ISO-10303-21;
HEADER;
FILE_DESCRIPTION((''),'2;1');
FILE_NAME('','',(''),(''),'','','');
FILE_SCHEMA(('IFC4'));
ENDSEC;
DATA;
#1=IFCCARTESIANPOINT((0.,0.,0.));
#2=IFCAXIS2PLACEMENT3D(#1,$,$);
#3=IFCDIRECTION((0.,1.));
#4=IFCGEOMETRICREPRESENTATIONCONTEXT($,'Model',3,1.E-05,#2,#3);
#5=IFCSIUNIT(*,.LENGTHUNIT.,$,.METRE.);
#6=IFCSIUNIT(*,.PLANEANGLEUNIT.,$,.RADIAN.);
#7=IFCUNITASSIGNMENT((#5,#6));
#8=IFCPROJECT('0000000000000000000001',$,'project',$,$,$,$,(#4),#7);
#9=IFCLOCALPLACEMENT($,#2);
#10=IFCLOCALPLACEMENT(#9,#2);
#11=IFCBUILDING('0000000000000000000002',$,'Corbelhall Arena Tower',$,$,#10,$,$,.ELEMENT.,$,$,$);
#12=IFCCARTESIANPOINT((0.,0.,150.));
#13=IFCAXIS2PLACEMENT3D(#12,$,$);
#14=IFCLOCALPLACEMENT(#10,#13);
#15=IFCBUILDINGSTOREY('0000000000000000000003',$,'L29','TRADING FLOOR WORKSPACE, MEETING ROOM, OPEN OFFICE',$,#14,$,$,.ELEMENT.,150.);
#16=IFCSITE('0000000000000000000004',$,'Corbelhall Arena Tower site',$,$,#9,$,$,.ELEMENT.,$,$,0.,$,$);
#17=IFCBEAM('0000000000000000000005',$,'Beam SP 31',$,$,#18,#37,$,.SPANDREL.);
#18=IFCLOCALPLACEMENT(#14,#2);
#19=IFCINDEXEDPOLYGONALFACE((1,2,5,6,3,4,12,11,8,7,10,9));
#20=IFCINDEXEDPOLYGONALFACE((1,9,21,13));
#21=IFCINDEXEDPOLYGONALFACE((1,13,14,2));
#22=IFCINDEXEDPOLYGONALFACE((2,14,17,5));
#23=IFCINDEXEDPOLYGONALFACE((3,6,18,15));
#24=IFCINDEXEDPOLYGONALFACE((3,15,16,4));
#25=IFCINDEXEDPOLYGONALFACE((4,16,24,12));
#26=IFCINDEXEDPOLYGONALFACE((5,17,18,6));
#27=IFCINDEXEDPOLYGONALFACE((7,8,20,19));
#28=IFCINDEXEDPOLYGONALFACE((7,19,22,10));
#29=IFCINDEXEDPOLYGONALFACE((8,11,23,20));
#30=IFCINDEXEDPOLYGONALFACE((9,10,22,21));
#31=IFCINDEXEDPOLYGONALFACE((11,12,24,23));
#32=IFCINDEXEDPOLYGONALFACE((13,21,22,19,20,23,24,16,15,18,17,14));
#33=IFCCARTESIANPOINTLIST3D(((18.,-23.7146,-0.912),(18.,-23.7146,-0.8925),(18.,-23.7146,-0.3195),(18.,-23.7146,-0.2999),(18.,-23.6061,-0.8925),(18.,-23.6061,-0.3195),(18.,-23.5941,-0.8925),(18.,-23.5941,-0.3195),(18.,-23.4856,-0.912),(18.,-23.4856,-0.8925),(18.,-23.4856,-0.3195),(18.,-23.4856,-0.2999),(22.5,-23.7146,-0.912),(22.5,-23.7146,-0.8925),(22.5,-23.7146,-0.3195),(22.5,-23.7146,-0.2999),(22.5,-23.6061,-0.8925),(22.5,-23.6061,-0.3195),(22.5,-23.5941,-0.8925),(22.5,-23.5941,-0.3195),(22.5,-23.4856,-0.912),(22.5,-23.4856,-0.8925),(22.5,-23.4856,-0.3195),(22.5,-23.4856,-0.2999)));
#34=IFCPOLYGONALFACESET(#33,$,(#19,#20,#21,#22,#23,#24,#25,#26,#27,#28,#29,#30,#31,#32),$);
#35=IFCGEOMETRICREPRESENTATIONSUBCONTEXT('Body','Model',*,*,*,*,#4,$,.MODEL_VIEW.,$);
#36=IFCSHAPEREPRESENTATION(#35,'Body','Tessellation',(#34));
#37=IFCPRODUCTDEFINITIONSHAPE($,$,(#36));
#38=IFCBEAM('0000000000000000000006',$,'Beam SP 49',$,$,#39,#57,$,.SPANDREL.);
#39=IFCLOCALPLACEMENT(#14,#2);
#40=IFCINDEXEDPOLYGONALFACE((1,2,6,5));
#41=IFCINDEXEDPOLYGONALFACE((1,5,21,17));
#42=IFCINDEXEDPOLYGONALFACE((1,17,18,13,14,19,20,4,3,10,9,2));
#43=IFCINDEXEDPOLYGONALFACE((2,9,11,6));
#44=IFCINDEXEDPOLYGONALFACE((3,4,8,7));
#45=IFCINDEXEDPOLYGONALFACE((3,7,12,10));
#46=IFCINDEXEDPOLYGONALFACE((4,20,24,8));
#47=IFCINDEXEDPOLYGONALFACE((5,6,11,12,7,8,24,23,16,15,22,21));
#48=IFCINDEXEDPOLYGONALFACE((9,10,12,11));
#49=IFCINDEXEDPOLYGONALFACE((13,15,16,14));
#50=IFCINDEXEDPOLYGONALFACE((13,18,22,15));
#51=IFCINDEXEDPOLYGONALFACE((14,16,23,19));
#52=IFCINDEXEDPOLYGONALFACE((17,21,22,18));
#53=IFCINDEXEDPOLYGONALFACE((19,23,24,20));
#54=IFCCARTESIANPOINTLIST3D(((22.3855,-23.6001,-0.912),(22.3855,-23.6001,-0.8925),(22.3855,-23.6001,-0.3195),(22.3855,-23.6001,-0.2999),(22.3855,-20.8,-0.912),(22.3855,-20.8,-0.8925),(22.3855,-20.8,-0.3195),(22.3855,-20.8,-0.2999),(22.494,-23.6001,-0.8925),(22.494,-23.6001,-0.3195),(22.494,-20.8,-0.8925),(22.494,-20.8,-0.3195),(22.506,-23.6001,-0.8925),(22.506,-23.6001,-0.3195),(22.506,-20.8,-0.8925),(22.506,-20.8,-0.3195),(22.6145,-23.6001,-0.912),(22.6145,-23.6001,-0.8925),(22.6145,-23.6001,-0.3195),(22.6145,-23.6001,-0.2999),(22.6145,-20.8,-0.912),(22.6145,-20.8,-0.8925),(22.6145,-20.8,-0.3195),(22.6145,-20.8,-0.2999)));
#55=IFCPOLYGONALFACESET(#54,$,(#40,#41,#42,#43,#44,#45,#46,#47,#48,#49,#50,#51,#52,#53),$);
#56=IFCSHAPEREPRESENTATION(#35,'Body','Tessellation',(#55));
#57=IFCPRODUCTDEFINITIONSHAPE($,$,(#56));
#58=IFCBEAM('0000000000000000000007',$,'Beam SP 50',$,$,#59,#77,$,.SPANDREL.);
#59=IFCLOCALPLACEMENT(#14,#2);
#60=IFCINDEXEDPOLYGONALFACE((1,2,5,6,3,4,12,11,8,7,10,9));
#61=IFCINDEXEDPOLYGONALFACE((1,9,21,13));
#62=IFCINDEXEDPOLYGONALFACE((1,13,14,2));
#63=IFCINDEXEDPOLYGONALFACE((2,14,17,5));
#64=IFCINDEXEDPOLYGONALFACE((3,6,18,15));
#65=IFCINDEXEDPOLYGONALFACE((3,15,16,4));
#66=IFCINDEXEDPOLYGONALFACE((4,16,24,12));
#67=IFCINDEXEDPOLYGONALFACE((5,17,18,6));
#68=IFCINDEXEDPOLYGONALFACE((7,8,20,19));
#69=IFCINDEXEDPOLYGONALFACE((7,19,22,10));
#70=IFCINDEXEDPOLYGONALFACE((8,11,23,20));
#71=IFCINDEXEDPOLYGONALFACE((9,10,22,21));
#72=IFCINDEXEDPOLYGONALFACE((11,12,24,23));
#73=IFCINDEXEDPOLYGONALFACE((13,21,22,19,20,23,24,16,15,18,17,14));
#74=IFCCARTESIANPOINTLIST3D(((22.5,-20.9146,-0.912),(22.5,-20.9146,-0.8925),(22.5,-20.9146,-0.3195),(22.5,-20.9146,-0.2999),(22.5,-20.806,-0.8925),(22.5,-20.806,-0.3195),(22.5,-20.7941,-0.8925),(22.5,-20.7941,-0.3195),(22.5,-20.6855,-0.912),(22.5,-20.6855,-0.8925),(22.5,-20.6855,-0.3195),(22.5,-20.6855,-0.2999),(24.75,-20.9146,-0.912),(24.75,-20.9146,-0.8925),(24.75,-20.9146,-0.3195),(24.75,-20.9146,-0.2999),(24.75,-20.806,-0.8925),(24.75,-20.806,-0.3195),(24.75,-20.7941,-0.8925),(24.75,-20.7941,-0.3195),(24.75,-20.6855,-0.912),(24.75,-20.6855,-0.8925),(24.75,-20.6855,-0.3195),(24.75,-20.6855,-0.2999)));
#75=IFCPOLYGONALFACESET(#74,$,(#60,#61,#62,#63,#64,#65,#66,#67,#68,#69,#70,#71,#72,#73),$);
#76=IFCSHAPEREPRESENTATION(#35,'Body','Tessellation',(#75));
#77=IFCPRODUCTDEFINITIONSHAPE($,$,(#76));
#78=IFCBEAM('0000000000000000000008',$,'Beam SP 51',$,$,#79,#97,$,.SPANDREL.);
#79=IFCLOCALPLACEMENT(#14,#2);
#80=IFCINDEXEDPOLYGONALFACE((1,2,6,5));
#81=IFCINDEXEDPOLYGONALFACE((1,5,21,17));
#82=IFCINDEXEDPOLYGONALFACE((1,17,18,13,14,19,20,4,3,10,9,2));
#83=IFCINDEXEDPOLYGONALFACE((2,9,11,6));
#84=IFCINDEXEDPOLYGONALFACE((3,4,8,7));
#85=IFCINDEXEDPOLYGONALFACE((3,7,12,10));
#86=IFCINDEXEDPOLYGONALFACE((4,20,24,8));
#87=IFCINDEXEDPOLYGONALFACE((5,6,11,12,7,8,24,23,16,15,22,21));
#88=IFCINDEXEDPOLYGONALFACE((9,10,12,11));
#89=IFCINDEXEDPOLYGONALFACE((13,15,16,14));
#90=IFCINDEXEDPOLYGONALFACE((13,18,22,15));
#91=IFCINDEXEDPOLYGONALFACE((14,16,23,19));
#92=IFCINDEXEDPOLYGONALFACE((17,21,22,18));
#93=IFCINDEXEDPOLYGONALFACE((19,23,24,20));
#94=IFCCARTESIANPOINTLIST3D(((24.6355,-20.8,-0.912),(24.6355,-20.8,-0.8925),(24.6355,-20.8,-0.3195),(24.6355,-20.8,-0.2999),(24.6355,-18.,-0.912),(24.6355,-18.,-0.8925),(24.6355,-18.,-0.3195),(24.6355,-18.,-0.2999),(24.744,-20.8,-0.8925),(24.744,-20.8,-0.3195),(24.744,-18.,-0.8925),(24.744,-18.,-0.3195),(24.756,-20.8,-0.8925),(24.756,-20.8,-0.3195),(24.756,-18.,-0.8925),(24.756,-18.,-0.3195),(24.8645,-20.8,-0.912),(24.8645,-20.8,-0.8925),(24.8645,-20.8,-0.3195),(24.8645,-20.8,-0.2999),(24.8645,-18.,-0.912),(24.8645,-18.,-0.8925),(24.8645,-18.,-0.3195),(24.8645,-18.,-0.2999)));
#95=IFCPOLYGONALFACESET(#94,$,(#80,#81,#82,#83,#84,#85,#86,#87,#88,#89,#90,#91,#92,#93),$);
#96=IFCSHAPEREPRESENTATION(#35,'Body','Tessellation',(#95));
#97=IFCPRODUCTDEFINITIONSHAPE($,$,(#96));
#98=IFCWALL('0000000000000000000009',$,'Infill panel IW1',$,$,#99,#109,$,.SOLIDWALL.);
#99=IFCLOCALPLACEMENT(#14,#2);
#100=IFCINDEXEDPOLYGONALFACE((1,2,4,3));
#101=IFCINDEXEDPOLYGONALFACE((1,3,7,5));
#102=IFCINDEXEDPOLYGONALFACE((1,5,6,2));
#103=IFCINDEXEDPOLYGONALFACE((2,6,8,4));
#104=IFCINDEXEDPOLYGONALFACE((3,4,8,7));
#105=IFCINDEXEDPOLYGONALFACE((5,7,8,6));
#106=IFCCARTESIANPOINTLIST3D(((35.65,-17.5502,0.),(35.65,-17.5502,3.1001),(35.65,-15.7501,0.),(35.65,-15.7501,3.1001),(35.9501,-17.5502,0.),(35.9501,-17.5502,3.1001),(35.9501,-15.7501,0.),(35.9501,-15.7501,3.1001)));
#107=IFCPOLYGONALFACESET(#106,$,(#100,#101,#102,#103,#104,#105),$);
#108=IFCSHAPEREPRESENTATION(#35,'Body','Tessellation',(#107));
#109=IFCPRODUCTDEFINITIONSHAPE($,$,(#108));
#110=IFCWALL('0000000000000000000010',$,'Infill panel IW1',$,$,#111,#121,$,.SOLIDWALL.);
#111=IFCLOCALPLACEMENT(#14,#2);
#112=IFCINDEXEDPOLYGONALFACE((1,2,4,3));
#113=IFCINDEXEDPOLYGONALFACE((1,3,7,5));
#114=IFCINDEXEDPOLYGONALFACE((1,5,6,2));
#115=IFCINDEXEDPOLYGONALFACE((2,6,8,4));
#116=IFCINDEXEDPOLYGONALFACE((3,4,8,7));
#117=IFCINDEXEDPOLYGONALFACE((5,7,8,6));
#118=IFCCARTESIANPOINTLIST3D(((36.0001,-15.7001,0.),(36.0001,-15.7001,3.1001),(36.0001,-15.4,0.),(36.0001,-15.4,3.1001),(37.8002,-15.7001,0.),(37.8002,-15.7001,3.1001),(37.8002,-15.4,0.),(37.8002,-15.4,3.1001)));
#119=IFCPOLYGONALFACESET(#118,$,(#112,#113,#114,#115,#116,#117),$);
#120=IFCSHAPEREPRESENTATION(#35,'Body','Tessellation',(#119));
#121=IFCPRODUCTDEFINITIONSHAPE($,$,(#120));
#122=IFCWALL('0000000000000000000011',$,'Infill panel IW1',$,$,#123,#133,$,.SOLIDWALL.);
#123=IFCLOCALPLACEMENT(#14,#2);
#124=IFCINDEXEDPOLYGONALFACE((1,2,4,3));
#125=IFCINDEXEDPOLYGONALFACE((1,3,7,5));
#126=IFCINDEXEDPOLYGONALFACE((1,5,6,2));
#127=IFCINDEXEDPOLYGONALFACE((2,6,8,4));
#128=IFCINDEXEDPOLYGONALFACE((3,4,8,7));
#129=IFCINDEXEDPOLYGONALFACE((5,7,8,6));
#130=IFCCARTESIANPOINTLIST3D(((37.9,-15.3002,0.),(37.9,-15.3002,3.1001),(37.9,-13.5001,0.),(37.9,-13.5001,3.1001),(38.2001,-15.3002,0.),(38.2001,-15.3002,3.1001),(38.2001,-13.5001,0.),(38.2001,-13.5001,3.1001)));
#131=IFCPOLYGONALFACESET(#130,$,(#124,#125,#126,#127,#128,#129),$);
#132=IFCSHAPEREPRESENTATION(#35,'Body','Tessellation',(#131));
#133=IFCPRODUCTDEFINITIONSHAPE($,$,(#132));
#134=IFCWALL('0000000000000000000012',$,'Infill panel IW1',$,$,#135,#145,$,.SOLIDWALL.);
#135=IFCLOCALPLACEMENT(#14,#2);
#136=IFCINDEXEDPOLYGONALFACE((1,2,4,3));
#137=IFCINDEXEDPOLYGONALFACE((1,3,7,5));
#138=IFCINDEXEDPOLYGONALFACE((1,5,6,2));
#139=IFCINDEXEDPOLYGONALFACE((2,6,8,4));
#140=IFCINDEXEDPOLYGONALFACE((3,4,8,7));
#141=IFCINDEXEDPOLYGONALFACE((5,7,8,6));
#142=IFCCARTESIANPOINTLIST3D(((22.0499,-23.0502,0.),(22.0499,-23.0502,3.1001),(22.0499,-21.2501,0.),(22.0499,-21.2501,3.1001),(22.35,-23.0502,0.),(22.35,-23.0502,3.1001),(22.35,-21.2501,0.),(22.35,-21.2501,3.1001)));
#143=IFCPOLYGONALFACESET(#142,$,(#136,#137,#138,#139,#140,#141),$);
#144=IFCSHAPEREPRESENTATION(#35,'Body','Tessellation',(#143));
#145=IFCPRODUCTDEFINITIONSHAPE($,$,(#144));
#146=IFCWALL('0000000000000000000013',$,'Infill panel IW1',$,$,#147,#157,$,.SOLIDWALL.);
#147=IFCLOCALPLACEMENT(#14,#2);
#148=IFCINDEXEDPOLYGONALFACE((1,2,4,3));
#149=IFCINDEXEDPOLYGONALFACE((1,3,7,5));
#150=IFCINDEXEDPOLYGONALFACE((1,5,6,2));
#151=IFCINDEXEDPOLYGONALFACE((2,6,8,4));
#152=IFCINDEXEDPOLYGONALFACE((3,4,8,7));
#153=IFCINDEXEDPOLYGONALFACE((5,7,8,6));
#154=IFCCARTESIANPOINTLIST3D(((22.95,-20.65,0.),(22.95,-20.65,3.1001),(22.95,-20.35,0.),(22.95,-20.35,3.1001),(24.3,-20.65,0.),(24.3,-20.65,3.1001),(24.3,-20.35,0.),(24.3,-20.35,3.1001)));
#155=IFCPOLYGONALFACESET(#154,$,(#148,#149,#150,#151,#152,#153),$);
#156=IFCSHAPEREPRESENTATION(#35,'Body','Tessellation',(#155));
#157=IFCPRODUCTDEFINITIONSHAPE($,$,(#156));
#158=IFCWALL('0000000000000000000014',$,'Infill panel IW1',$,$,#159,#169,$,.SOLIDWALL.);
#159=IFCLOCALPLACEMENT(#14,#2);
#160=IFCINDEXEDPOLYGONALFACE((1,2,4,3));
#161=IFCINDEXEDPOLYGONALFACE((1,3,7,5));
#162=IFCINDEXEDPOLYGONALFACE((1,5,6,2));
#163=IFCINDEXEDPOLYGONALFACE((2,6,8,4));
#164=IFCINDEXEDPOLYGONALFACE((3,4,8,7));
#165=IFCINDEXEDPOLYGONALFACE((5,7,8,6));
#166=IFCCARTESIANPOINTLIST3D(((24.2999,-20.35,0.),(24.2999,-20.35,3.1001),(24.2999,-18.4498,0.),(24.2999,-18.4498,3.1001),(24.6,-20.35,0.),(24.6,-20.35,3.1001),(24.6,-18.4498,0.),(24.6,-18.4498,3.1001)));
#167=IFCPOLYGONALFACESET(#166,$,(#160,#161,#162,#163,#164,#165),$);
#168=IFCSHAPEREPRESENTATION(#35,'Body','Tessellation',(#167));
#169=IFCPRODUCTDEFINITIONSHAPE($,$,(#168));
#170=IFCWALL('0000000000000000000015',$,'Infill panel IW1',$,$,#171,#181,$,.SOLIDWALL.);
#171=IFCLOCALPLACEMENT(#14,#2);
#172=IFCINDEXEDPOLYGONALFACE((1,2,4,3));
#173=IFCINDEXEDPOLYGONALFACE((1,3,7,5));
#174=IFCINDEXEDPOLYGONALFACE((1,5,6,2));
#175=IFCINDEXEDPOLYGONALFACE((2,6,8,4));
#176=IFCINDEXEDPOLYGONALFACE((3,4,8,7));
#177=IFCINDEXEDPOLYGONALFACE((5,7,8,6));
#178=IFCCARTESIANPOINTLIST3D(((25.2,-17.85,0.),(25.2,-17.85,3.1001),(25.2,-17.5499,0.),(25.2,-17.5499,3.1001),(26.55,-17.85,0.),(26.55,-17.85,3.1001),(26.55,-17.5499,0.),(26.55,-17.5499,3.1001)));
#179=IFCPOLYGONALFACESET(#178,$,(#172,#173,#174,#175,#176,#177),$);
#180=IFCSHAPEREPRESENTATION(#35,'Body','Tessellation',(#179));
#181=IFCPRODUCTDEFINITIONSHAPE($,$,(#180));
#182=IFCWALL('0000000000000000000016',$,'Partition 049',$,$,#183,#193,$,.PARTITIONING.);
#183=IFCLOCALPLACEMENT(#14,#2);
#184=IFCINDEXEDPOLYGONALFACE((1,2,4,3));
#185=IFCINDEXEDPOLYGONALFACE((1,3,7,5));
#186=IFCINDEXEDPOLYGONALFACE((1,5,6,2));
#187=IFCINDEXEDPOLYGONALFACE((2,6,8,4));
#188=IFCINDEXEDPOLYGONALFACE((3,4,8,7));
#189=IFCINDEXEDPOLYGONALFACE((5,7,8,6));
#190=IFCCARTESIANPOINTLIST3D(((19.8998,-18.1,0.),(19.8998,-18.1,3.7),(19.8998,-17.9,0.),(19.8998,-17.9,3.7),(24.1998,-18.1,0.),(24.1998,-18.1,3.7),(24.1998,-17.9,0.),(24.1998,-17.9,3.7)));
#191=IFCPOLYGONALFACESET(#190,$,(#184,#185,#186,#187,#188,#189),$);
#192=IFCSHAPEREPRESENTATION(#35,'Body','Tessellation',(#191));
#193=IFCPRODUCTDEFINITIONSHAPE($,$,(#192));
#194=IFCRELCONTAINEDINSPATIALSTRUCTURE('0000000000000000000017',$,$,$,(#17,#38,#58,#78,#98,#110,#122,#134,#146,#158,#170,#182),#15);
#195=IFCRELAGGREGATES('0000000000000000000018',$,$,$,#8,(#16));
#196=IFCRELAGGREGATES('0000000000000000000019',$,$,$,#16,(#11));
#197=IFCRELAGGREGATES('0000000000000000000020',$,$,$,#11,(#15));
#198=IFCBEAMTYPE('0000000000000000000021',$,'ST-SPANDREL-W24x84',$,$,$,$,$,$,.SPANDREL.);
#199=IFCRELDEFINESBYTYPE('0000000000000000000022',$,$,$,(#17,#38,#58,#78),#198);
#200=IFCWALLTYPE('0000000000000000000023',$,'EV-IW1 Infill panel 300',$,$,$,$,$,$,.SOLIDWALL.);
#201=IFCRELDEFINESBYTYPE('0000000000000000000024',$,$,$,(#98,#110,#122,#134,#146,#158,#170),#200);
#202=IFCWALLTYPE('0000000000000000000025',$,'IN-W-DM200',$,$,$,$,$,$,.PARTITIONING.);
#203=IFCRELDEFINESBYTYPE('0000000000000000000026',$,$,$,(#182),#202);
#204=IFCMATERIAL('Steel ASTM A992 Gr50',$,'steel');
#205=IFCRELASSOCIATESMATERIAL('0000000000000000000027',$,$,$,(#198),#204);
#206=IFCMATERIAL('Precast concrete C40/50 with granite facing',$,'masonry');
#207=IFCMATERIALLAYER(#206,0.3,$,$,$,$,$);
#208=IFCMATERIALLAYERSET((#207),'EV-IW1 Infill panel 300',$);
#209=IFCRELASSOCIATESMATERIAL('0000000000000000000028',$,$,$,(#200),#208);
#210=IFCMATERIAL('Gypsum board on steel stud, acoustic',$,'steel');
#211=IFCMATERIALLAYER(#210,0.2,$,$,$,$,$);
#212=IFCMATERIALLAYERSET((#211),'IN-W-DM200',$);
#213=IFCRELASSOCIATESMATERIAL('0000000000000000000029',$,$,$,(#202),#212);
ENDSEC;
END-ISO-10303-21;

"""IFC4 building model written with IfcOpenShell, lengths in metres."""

from ifc_helpers import new_model, si_unit, direction, frame, frame_2d, origin, origin_2d, place, context, subcontext, project, spatial, rectangle, i_section, extrude, material, layer, layer_set, material_profile, profile_set, type_object, element, save


model = new_model("IFC4")

# Units and contexts
model_context = context("Model", 3, precision=1e-05, world=origin(), true_north=direction((0.0, 1.0)))
body_context = subcontext(model_context, "Body", "Model", "MODEL_VIEW")
ifc_project = project(units=[si_unit("LENGTHUNIT", "METRE"), si_unit("PLANEANGLEUNIT", "RADIAN")], contexts=[model_context])

# Site, building, storey
site_placement = place(None, origin())
site = spatial("IfcSite", under=ifc_project, at=site_placement, Name="Corbelhall Arena Tower site", CompositionType="ELEMENT", RefElevation=0.0)
building_placement = place(site_placement, origin())
building = spatial("IfcBuilding", under=site, at=building_placement, Name="Corbelhall Arena Tower", CompositionType="ELEMENT")
storey_placement = place(building_placement, frame((0.0, 0.0, 150.0)))
storey = spatial("IfcBuildingStorey", under=building, at=storey_placement, Name="L29", Description="TRADING FLOOR WORKSPACE, MEETING ROOM, OPEN OFFICE", CompositionType="ELEMENT", Elevation=150.0)

# Beams
ifc_material_1 = material(Name="Steel ASTM A992 Gr50", Category="steel")
ifc_material_profile_1 = material_profile(ifc_material_1, i_section(OverallWidth=0.229, OverallDepth=0.6121, WebThickness=0.012, FlangeThickness=0.0195, at=origin_2d()))
ifc_profile_set_1 = profile_set([ifc_material_profile_1], Name="Steel ASTM A992 Gr50")
beam_type = type_object("IfcBeamType", Name="ST-SPANDREL-W24x84", PredefinedType="SPANDREL", material=ifc_profile_set_1)
beam_1_placement = place(storey_placement, frame((22.5, -23.6001, -0.606), z_axis=(-1.0, 0.0, 0.0), x_axis=(0.0, -1.0, 0.0)))
element("IfcBeam", 1, at=beam_1_placement, inside=storey, type_object=beam_type, Name="Beam SP 31", PredefinedType="SPANDREL", context=body_context, shape_type="SweptSolid", body=[
    extrude(i_section(OverallWidth=0.229, OverallDepth=0.6121, WebThickness=0.012, FlangeThickness=0.0195, at=origin_2d()), origin(), (0.0, 0.0, 1.0), 4.5),
])
beam_2_placement = place(storey_placement, frame((22.5, -20.8, -0.606), z_axis=(0.0, -1.0, 0.0), x_axis=(1.0, 0.0, 0.0)))
element("IfcBeam", 2, at=beam_2_placement, inside=storey, type_object=beam_type, Name="Beam SP 49", PredefinedType="SPANDREL", context=body_context, shape_type="SweptSolid", body=[
    extrude(i_section(OverallWidth=0.229, OverallDepth=0.6121, WebThickness=0.012, FlangeThickness=0.0195, at=origin_2d()), origin(), (0.0, 0.0, 1.0), 2.8),
])
beam_3_placement = place(storey_placement, frame((24.75, -20.8, -0.606), z_axis=(-1.0, 0.0, 0.0), x_axis=(0.0, -1.0, 0.0)))
element("IfcBeam", 3, at=beam_3_placement, inside=storey, type_object=beam_type, Name="Beam SP 50", PredefinedType="SPANDREL", context=body_context, shape_type="SweptSolid", body=[
    extrude(i_section(OverallWidth=0.229, OverallDepth=0.6121, WebThickness=0.012, FlangeThickness=0.0195, at=origin_2d()), origin(), (0.0, 0.0, 1.0), 2.25),
])
beam_4_placement = place(storey_placement, frame((24.75, -18.0, -0.606), z_axis=(0.0, -1.0, 0.0), x_axis=(1.0, 0.0, 0.0)))
element("IfcBeam", 4, at=beam_4_placement, inside=storey, type_object=beam_type, Name="Beam SP 51", PredefinedType="SPANDREL", context=body_context, shape_type="SweptSolid", body=[
    extrude(i_section(OverallWidth=0.229, OverallDepth=0.6121, WebThickness=0.012, FlangeThickness=0.0195, at=origin_2d()), origin(), (0.0, 0.0, 1.0), 2.8),
])

# Walls
ifc_material_2 = material(Name="Precast concrete C40/50 with granite facing", Category="masonry")
ifc_layer_1 = layer(ifc_material_2, 0.3)
ifc_layer_set_1 = layer_set([ifc_layer_1], Name="EV-IW1 Infill panel 300")
wall_type_1 = type_object("IfcWallType", Name="EV-IW1 Infill panel 300", PredefinedType="SOLIDWALL", material=ifc_layer_set_1)
for number, where, z_axis, x_axis, name in (
    (5, (35.8, -17.55, 0.0), (0.0, 0.0, 1.0), (0.0, 1.0, 0.0), "Infill panel IW1"),
    (6, (37.8, -15.55, 0.0), (0.0, 0.0, 1.0), (-1.0, 0.0, 0.0), "Infill panel IW1"),
    (7, (38.05, -15.3, 0.0), (0.0, 0.0, 1.0), (0.0, 1.0, 0.0), "Infill panel IW1"),
    (8, (22.2, -23.05, 0.0), (0.0, 0.0, 1.0), (0.0, 1.0, 0.0), "Infill panel IW1"),
):
    element("IfcWall", number, at=place(storey_placement, frame(where, z_axis=z_axis, x_axis=x_axis)), inside=storey, type_object=wall_type_1, Name=name, PredefinedType="SOLIDWALL", context=body_context, shape_type="SweptSolid", body=[
        extrude(rectangle(XDim=1.8, YDim=0.3, at=frame_2d((0.8999, 0.0))), origin(), (0.0, 0.0, 1.0), 3.1001),
    ])
wall_1_placement = place(storey_placement, frame((22.95, -20.5, 0.0), z_axis=(0.0, 0.0, 1.0), x_axis=(1.0, 0.0, 0.0)))
element("IfcWall", 9, at=wall_1_placement, inside=storey, type_object=wall_type_1, Name="Infill panel IW1", PredefinedType="SOLIDWALL", context=body_context, shape_type="SweptSolid", body=[
    extrude(rectangle(XDim=1.3501, YDim=0.3, at=frame_2d((0.675, 0.0))), origin(), (0.0, 0.0, 1.0), 3.1001),
])
wall_2_placement = place(storey_placement, frame((24.45, -20.3501, 0.0), z_axis=(0.0, 0.0, 1.0), x_axis=(0.0, 1.0, 0.0)))
element("IfcWall", 10, at=wall_2_placement, inside=storey, type_object=wall_type_1, Name="Infill panel IW1", PredefinedType="SOLIDWALL", context=body_context, shape_type="SweptSolid", body=[
    extrude(rectangle(XDim=1.9001, YDim=0.3, at=frame_2d((0.9502, 0.0))), origin(), (0.0, 0.0, 1.0), 3.1001),
])
wall_3_placement = place(storey_placement, frame((25.2, -17.7, 0.0), z_axis=(0.0, 0.0, 1.0), x_axis=(1.0, 0.0, 0.0)))
element("IfcWall", 11, at=wall_3_placement, inside=storey, type_object=wall_type_1, Name="Infill panel IW1", PredefinedType="SOLIDWALL", context=body_context, shape_type="SweptSolid", body=[
    extrude(rectangle(XDim=1.3501, YDim=0.3, at=frame_2d((0.675, 0.0))), origin(), (0.0, 0.0, 1.0), 3.1001),
])

# Wall
ifc_material_3 = material(Name="Gypsum board on steel stud, acoustic", Category="steel")
ifc_layer_2 = layer(ifc_material_3, 0.2)
ifc_layer_set_2 = layer_set([ifc_layer_2], Name="IN-W-DM200")
wall_type_2 = type_object("IfcWallType", Name="IN-W-DM200", PredefinedType="PARTITIONING", material=ifc_layer_set_2)
wall_4_placement = place(storey_placement, frame((19.8999, -18.0, 0.0), z_axis=(0.0, 0.0, 1.0), x_axis=(1.0, 0.0, 0.0)))
element("IfcWall", 12, at=wall_4_placement, inside=storey, type_object=wall_type_2, Name="Partition 049", PredefinedType="PARTITIONING", context=body_context, shape_type="SweptSolid", body=[
    extrude(rectangle(XDim=4.3, YDim=0.2, at=frame_2d((2.1499, 0.0))), origin(), (0.0, 0.0, 1.0), 3.7),
])

save(model, "model.ifc")
